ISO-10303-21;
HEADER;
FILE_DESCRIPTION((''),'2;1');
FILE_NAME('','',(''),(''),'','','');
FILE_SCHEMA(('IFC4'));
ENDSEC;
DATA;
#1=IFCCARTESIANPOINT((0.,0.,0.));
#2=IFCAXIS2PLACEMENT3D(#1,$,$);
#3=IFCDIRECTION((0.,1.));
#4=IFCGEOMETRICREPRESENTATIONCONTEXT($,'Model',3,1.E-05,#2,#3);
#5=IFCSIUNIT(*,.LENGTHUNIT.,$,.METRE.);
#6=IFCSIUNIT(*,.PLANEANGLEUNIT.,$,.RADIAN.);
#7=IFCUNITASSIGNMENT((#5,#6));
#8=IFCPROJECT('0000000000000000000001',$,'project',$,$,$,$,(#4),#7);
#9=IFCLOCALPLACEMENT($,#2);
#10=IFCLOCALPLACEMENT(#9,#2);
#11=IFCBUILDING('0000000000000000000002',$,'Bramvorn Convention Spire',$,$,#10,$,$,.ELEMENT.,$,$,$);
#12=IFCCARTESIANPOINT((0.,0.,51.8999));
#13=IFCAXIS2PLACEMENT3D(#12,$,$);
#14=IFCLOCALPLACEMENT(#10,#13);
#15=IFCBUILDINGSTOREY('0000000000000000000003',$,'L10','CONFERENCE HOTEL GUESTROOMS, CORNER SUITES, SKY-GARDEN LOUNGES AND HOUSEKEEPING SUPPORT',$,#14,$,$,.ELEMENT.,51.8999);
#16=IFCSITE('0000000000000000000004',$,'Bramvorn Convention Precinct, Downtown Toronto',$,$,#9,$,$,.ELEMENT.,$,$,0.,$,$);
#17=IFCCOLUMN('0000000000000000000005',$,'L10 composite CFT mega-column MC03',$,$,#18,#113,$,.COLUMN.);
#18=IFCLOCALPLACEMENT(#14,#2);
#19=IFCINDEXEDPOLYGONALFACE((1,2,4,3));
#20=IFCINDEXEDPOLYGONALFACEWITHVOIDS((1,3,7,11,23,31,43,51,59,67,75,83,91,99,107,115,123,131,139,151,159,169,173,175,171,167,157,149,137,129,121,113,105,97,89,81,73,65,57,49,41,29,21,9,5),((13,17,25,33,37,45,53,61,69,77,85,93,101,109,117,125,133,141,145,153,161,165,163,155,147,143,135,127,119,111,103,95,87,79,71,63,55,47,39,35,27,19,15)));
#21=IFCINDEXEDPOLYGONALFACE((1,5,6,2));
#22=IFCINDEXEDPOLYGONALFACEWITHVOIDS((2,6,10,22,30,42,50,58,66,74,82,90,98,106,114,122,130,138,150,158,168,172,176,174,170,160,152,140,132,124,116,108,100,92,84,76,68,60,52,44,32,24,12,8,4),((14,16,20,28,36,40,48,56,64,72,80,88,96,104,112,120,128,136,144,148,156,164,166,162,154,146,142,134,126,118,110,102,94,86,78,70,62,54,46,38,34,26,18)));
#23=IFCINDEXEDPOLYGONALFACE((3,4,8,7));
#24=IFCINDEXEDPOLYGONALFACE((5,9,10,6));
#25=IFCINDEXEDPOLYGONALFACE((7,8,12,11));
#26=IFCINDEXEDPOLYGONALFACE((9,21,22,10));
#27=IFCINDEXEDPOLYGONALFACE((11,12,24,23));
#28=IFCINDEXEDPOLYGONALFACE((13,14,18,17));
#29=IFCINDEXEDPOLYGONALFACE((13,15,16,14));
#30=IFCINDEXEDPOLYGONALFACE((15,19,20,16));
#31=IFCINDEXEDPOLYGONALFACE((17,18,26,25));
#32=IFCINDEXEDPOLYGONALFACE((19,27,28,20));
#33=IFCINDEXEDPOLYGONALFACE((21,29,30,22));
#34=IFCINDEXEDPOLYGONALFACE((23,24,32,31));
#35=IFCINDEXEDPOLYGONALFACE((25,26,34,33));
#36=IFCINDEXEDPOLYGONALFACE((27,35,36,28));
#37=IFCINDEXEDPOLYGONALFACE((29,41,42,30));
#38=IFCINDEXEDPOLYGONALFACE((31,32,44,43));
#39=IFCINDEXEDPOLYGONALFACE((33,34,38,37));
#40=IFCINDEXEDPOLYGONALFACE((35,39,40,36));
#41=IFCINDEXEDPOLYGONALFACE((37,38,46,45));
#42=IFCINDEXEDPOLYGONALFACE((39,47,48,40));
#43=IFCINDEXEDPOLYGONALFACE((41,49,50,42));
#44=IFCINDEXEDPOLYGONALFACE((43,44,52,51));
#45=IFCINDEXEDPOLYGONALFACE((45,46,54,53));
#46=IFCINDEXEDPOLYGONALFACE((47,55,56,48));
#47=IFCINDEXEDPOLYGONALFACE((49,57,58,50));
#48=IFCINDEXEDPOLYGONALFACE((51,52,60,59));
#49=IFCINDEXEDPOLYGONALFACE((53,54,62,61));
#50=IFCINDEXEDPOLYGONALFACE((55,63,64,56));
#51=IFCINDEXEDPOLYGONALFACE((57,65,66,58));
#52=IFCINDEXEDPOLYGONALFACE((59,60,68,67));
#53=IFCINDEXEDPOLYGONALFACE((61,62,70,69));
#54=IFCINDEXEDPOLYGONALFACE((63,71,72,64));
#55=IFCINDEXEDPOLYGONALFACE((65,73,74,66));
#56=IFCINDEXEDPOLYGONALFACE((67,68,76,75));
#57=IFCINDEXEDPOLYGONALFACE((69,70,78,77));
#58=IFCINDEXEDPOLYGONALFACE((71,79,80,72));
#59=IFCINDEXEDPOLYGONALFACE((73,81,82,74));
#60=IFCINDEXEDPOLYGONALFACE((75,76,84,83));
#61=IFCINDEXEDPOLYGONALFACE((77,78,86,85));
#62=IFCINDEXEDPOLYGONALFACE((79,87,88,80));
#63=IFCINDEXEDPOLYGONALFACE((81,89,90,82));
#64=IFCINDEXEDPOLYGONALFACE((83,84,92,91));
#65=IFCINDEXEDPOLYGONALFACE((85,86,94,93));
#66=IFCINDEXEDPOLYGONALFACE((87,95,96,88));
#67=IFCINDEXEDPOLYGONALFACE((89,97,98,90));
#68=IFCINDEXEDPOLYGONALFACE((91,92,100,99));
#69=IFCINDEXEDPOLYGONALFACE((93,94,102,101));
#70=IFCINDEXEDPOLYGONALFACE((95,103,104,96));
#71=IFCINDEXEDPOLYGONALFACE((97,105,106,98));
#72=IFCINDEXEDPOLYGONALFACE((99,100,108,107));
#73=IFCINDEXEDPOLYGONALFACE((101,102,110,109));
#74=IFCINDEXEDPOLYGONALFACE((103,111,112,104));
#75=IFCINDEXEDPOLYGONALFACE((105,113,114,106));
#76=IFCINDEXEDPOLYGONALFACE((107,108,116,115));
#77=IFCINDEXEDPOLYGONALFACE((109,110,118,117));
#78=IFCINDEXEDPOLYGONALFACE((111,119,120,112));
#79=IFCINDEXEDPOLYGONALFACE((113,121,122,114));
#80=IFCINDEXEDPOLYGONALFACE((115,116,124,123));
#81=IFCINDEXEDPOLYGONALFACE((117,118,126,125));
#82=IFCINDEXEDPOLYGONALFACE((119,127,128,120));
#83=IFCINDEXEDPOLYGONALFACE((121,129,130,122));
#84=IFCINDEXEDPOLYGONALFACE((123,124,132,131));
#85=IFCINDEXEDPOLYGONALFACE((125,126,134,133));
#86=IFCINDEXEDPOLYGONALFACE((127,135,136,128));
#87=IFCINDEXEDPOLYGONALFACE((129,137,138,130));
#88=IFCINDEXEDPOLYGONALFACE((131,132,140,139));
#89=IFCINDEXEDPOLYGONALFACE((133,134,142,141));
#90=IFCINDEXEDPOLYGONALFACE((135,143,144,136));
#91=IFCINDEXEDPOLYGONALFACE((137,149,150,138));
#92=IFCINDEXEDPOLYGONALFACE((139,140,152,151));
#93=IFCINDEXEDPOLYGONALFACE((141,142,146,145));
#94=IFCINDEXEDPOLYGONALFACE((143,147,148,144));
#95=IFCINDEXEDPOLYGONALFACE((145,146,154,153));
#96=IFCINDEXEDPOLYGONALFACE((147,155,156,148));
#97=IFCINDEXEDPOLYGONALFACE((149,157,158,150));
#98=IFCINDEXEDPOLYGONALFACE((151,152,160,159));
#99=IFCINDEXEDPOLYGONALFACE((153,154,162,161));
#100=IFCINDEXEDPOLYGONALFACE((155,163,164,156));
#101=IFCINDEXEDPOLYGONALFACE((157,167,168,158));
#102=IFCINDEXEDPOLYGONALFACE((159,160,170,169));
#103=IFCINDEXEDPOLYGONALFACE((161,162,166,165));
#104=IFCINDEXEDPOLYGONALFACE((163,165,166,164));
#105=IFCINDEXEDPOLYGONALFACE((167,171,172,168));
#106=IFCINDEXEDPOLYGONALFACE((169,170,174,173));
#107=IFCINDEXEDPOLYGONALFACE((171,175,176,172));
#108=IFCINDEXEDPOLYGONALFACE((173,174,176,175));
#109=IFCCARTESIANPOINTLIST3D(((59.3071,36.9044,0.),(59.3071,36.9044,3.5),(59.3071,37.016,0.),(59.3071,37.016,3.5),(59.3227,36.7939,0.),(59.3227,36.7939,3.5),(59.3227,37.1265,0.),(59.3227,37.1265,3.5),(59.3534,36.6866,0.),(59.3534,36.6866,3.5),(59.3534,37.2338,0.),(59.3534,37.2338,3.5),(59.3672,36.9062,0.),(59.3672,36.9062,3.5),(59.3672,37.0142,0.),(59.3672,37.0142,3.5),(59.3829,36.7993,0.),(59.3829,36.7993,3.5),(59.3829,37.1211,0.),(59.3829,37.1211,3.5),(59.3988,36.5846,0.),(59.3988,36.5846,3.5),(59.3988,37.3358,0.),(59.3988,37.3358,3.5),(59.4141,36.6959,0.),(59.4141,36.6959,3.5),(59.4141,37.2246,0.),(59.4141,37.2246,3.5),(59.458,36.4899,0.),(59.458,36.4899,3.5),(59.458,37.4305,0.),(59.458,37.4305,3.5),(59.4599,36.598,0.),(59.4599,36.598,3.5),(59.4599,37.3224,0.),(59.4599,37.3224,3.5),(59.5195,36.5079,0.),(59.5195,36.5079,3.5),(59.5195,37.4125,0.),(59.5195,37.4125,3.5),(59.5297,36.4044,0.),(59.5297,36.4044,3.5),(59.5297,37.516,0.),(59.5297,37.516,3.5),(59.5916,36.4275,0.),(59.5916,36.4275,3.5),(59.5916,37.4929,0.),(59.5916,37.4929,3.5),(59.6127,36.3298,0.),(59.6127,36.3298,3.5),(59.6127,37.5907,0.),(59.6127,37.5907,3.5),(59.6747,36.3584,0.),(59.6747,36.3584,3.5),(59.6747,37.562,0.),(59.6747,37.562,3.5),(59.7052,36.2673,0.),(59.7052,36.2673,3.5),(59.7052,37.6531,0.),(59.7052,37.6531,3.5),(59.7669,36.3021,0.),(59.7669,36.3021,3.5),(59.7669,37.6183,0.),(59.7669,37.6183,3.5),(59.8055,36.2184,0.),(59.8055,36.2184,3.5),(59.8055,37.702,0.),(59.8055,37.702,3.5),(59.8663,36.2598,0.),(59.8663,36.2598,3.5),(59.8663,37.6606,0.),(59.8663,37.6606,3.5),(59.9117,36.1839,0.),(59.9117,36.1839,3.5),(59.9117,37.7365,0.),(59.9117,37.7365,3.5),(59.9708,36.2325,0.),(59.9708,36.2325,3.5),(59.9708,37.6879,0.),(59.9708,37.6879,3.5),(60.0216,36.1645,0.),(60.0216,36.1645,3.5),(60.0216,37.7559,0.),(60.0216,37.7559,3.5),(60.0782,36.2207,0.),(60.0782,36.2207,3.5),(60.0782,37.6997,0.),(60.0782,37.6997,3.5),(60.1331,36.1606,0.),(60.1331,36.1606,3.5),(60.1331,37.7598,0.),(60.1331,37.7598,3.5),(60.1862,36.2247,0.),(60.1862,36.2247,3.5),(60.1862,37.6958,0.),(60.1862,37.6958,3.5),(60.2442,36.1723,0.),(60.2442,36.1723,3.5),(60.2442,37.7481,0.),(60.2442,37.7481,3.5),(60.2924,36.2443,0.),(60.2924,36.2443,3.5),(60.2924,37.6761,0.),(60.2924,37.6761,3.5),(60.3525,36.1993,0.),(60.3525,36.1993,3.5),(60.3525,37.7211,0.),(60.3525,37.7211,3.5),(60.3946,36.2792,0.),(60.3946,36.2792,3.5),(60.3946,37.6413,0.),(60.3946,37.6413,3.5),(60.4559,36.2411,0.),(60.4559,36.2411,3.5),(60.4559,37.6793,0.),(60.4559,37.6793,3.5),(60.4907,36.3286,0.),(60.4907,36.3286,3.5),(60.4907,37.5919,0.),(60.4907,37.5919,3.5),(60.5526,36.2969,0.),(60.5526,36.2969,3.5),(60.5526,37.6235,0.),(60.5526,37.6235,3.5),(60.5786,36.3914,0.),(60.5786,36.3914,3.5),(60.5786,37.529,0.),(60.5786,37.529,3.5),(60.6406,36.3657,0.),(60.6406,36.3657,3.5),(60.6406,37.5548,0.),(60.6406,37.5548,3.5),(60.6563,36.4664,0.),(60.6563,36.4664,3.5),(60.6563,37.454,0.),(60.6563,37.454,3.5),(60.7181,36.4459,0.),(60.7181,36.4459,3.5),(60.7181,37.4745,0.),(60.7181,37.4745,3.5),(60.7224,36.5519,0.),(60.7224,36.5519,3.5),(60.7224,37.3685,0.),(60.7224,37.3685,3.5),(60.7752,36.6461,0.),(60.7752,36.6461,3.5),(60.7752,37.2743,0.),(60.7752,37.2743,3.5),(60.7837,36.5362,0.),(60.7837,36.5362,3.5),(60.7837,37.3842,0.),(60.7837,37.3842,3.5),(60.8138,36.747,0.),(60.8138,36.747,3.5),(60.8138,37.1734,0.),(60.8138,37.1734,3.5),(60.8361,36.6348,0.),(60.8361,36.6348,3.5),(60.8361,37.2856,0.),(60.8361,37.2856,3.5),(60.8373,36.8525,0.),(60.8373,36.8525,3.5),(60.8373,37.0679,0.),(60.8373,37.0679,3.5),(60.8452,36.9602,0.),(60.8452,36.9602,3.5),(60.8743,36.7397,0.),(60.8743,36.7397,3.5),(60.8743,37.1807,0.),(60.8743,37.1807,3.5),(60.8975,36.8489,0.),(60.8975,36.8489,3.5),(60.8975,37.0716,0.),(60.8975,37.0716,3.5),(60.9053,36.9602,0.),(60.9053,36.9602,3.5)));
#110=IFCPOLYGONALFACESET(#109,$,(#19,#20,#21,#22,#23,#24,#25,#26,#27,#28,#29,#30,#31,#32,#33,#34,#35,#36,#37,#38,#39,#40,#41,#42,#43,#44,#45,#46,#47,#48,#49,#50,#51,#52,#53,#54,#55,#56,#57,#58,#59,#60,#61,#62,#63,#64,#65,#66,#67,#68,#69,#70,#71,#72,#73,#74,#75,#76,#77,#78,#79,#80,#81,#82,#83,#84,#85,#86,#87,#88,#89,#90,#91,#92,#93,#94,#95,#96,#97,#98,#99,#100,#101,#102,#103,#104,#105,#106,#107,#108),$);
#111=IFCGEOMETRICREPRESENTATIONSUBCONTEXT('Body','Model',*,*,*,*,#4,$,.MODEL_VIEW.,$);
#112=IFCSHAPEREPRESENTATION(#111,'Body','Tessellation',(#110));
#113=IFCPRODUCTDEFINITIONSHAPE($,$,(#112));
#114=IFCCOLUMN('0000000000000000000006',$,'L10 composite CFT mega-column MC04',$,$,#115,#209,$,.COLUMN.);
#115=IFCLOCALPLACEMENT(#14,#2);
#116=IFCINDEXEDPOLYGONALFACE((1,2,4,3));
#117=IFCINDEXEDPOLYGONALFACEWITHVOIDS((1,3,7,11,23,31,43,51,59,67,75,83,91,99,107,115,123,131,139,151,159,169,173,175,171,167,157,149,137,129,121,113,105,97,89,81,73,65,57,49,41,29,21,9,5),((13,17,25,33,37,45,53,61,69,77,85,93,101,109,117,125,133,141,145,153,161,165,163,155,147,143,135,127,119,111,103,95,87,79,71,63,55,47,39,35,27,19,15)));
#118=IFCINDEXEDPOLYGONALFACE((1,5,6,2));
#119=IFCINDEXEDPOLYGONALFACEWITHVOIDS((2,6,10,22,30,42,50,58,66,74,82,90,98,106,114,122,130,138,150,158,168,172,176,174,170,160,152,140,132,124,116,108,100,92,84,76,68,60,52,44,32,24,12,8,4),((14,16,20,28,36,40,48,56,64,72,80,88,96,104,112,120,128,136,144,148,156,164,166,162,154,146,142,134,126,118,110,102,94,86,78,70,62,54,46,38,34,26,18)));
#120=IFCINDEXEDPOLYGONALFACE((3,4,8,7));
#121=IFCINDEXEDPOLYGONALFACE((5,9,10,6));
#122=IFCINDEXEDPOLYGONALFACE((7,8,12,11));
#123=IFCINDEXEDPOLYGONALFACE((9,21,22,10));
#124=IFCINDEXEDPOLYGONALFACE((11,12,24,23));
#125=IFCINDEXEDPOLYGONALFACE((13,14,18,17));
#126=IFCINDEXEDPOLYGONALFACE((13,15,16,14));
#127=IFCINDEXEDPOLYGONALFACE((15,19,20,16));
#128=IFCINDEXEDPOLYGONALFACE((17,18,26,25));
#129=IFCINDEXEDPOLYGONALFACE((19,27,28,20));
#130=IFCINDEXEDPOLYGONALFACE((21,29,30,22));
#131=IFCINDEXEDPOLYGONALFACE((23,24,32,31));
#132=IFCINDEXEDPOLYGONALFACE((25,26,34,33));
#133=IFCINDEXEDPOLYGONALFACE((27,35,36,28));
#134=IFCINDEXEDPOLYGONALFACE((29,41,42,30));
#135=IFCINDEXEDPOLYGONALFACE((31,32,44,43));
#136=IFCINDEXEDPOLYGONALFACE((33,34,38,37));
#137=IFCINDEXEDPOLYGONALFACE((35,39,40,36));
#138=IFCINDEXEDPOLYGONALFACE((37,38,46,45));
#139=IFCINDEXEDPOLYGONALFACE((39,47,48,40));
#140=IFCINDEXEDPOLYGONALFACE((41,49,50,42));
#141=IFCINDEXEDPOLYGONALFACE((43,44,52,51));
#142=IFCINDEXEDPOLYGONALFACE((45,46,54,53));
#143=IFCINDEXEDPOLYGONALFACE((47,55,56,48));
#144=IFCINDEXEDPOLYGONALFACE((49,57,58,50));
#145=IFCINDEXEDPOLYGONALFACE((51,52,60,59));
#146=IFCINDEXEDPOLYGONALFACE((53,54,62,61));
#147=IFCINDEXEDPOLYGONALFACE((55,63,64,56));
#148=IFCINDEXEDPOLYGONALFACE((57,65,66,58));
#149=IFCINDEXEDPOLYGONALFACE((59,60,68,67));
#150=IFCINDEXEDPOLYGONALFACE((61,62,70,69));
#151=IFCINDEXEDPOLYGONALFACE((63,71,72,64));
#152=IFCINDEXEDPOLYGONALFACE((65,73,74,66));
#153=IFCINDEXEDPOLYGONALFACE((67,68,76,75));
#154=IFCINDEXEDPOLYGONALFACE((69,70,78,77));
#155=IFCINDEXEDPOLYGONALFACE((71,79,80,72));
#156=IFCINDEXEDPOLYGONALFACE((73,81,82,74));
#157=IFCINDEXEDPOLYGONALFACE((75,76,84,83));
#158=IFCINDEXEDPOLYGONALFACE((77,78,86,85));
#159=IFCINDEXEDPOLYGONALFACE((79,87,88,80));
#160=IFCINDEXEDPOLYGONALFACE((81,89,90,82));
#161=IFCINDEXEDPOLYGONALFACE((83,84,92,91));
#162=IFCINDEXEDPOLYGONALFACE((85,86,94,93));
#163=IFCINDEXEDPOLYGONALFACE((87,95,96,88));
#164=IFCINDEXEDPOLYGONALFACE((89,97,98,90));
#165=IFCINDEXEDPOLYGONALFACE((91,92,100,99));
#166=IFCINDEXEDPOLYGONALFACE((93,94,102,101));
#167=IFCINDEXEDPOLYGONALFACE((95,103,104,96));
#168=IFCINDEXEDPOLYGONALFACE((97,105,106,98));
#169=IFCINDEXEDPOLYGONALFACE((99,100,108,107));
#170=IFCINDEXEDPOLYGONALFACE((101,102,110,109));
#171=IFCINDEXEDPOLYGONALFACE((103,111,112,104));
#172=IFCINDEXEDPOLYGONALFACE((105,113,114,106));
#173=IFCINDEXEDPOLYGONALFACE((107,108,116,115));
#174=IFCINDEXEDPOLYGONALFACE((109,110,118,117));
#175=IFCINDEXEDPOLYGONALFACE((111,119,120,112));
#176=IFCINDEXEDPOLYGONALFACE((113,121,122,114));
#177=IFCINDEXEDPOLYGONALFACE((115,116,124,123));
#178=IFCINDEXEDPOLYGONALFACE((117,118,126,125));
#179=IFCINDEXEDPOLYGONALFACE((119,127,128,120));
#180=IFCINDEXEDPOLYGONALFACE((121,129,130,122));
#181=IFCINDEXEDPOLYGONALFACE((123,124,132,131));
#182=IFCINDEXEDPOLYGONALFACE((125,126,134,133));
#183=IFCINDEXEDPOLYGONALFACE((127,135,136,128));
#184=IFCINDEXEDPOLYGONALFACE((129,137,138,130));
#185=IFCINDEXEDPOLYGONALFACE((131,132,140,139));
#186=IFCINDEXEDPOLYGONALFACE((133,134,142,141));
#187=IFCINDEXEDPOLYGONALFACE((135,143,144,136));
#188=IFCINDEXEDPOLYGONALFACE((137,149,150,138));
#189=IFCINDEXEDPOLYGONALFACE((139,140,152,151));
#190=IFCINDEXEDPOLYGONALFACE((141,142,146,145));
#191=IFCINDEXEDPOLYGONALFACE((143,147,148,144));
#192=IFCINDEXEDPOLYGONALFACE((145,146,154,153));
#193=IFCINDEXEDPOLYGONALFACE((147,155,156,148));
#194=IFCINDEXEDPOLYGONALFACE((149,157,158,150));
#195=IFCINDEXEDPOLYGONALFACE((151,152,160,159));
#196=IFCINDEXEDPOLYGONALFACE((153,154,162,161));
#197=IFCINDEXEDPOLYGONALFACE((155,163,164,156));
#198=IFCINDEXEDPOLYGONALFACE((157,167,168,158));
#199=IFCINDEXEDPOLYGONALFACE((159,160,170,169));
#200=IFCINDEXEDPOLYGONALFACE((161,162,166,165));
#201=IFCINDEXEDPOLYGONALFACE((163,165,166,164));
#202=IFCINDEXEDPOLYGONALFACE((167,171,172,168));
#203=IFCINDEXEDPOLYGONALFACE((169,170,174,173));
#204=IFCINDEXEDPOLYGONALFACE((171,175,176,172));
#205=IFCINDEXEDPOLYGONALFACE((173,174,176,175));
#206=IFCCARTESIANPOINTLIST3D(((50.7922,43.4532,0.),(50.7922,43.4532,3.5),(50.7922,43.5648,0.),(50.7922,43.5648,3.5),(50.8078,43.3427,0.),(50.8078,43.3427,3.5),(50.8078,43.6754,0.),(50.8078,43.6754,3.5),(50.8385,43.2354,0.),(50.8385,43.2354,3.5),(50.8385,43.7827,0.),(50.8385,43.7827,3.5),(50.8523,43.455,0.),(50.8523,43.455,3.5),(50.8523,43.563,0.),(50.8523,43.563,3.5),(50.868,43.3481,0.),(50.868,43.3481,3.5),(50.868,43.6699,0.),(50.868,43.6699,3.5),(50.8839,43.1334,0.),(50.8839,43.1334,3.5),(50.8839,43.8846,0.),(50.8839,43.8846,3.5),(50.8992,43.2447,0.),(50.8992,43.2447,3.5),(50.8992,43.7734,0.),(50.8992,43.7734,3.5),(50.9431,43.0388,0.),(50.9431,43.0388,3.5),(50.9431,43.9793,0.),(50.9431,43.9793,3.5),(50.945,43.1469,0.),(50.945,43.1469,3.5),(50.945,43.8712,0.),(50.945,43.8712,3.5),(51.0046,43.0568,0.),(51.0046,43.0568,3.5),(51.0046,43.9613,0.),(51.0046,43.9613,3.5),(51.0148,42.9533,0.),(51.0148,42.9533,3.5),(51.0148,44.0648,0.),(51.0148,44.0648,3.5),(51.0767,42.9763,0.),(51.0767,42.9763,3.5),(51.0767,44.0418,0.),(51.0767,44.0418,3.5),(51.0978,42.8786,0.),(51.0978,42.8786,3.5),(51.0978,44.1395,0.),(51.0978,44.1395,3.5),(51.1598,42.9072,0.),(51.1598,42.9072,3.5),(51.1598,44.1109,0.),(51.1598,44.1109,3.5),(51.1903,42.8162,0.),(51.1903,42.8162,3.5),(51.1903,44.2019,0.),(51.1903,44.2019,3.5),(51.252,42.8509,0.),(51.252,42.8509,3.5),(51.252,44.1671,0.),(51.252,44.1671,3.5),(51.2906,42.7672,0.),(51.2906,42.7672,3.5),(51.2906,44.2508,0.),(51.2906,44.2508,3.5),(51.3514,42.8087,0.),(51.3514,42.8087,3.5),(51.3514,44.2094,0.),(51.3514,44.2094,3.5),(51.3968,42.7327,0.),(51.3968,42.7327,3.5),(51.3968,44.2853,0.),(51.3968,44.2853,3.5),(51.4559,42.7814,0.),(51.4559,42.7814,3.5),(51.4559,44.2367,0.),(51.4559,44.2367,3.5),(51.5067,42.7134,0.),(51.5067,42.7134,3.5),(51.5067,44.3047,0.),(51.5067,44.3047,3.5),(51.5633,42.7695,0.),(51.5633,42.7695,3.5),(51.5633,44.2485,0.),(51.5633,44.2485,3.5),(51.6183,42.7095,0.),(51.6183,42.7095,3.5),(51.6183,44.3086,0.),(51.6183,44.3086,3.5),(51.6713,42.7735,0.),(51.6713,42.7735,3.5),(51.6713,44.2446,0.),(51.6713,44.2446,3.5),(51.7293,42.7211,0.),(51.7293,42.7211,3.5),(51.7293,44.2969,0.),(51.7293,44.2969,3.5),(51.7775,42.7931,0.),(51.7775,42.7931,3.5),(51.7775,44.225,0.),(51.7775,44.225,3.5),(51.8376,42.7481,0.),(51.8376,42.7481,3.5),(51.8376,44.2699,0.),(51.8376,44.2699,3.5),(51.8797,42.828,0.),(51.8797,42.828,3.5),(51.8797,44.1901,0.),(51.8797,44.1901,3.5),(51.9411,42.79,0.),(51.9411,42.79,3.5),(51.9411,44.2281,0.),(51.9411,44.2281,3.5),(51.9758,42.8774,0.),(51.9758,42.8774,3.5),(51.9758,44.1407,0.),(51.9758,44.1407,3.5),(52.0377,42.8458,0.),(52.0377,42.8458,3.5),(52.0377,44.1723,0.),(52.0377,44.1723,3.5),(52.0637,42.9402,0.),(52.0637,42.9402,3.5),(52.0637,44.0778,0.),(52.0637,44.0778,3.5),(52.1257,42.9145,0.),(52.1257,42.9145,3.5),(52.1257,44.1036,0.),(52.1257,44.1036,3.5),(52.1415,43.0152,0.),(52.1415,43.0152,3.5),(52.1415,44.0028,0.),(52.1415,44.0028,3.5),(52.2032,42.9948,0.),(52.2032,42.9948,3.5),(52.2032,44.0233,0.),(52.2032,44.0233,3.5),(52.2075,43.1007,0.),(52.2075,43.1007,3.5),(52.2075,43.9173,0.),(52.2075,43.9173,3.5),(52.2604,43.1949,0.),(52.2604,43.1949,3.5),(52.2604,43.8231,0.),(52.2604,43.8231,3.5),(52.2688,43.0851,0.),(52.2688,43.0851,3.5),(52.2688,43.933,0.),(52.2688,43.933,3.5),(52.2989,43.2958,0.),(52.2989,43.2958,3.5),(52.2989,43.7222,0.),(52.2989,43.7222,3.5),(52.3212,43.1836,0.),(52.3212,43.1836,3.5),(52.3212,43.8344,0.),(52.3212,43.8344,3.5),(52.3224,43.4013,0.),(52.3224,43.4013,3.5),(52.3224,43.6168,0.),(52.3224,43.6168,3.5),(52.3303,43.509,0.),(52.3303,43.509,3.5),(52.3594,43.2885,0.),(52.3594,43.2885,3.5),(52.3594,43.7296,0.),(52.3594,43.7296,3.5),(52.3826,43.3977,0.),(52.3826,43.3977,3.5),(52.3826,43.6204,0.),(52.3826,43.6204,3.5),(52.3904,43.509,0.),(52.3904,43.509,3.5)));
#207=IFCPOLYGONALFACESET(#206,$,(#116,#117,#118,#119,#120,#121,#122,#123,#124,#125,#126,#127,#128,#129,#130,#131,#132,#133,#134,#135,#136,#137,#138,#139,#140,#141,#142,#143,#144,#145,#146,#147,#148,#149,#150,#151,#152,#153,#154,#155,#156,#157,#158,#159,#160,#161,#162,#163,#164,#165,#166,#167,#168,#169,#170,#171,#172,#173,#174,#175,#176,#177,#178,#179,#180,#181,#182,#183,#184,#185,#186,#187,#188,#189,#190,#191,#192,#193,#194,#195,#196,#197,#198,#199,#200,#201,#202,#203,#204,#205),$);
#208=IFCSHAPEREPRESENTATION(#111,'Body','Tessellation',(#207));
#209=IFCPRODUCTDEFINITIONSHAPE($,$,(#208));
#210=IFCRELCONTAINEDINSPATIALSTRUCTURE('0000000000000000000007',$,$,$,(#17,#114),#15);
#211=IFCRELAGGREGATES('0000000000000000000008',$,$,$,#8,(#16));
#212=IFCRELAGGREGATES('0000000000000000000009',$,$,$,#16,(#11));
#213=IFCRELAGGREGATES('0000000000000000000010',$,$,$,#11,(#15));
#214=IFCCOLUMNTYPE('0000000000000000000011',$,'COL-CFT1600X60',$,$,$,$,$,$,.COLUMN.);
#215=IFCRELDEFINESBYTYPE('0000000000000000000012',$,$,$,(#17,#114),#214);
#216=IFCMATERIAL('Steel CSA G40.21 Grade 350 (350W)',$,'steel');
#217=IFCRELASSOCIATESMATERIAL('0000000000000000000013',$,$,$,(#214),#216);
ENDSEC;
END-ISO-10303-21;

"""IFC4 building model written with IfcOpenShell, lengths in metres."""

from ifc_helpers import new_model, si_unit, direction, frame, origin, origin_2d, place, context, subcontext, project, spatial, hollow_circle, extrude, material, material_profile, profile_set, type_object, element, save


model = new_model("IFC4")

# Units and contexts
model_context = context("Model", 3, precision=1e-05, world=origin(), true_north=direction((0.0, 1.0)))
body_context = subcontext(model_context, "Body", "Model", "MODEL_VIEW")
ifc_project = project(units=[si_unit("LENGTHUNIT", "METRE"), si_unit("PLANEANGLEUNIT", "RADIAN")], contexts=[model_context])

# Site, building, storey
site_placement = place(None, origin())
site = spatial("IfcSite", under=ifc_project, at=site_placement, Name="Bramvorn Convention Precinct, Downtown Toronto", CompositionType="ELEMENT", RefElevation=0.0)
building_placement = place(site_placement, origin())
building = spatial("IfcBuilding", under=site, at=building_placement, Name="Bramvorn Convention Spire", CompositionType="ELEMENT")
storey_placement = place(building_placement, frame((0.0, 0.0, 51.8999)))
storey = spatial("IfcBuildingStorey", under=building, at=storey_placement, Name="L10", Description="CONFERENCE HOTEL GUESTROOMS, CORNER SUITES, SKY-GARDEN LOUNGES AND HOUSEKEEPING SUPPORT", CompositionType="ELEMENT", Elevation=51.8999)

# Columns
ifc_material_1 = material(Name="Steel CSA G40.21 Grade 350 (350W)", Category="steel")
ifc_material_profile_1 = material_profile(ifc_material_1, hollow_circle(Radius=0.8, WallThickness=0.0601, at=origin_2d()))
ifc_profile_set_1 = profile_set([ifc_material_profile_1], Name="Steel CSA G40.21 Grade 350 (350W) - CFT1600X60")
column_type = type_object("IfcColumnType", Name="COL-CFT1600X60", PredefinedType="COLUMN", material=ifc_profile_set_1)
for number, where, z_axis, x_axis, name in (
    (1, (60.1052, 36.9602, 0.0), (0.0, 0.0, 1.0), (1.0, 0.0, 0.0), "L10 composite CFT mega-column MC03"),
    (2, (51.5903, 43.509, 0.0), (0.0, 0.0, 1.0), (1.0, 0.0, 0.0), "L10 composite CFT mega-column MC04"),
):
    element("IfcColumn", number, at=place(storey_placement, frame(where, z_axis=z_axis, x_axis=x_axis)), inside=storey, type_object=column_type, Name=name, PredefinedType="COLUMN", context=body_context, shape_type="SweptSolid", body=[
        extrude(hollow_circle(Radius=0.8, WallThickness=0.0601, at=origin_2d()), origin(), (0.0, 0.0, 1.0), 3.5),
    ])

save(model, "model.ifc")
